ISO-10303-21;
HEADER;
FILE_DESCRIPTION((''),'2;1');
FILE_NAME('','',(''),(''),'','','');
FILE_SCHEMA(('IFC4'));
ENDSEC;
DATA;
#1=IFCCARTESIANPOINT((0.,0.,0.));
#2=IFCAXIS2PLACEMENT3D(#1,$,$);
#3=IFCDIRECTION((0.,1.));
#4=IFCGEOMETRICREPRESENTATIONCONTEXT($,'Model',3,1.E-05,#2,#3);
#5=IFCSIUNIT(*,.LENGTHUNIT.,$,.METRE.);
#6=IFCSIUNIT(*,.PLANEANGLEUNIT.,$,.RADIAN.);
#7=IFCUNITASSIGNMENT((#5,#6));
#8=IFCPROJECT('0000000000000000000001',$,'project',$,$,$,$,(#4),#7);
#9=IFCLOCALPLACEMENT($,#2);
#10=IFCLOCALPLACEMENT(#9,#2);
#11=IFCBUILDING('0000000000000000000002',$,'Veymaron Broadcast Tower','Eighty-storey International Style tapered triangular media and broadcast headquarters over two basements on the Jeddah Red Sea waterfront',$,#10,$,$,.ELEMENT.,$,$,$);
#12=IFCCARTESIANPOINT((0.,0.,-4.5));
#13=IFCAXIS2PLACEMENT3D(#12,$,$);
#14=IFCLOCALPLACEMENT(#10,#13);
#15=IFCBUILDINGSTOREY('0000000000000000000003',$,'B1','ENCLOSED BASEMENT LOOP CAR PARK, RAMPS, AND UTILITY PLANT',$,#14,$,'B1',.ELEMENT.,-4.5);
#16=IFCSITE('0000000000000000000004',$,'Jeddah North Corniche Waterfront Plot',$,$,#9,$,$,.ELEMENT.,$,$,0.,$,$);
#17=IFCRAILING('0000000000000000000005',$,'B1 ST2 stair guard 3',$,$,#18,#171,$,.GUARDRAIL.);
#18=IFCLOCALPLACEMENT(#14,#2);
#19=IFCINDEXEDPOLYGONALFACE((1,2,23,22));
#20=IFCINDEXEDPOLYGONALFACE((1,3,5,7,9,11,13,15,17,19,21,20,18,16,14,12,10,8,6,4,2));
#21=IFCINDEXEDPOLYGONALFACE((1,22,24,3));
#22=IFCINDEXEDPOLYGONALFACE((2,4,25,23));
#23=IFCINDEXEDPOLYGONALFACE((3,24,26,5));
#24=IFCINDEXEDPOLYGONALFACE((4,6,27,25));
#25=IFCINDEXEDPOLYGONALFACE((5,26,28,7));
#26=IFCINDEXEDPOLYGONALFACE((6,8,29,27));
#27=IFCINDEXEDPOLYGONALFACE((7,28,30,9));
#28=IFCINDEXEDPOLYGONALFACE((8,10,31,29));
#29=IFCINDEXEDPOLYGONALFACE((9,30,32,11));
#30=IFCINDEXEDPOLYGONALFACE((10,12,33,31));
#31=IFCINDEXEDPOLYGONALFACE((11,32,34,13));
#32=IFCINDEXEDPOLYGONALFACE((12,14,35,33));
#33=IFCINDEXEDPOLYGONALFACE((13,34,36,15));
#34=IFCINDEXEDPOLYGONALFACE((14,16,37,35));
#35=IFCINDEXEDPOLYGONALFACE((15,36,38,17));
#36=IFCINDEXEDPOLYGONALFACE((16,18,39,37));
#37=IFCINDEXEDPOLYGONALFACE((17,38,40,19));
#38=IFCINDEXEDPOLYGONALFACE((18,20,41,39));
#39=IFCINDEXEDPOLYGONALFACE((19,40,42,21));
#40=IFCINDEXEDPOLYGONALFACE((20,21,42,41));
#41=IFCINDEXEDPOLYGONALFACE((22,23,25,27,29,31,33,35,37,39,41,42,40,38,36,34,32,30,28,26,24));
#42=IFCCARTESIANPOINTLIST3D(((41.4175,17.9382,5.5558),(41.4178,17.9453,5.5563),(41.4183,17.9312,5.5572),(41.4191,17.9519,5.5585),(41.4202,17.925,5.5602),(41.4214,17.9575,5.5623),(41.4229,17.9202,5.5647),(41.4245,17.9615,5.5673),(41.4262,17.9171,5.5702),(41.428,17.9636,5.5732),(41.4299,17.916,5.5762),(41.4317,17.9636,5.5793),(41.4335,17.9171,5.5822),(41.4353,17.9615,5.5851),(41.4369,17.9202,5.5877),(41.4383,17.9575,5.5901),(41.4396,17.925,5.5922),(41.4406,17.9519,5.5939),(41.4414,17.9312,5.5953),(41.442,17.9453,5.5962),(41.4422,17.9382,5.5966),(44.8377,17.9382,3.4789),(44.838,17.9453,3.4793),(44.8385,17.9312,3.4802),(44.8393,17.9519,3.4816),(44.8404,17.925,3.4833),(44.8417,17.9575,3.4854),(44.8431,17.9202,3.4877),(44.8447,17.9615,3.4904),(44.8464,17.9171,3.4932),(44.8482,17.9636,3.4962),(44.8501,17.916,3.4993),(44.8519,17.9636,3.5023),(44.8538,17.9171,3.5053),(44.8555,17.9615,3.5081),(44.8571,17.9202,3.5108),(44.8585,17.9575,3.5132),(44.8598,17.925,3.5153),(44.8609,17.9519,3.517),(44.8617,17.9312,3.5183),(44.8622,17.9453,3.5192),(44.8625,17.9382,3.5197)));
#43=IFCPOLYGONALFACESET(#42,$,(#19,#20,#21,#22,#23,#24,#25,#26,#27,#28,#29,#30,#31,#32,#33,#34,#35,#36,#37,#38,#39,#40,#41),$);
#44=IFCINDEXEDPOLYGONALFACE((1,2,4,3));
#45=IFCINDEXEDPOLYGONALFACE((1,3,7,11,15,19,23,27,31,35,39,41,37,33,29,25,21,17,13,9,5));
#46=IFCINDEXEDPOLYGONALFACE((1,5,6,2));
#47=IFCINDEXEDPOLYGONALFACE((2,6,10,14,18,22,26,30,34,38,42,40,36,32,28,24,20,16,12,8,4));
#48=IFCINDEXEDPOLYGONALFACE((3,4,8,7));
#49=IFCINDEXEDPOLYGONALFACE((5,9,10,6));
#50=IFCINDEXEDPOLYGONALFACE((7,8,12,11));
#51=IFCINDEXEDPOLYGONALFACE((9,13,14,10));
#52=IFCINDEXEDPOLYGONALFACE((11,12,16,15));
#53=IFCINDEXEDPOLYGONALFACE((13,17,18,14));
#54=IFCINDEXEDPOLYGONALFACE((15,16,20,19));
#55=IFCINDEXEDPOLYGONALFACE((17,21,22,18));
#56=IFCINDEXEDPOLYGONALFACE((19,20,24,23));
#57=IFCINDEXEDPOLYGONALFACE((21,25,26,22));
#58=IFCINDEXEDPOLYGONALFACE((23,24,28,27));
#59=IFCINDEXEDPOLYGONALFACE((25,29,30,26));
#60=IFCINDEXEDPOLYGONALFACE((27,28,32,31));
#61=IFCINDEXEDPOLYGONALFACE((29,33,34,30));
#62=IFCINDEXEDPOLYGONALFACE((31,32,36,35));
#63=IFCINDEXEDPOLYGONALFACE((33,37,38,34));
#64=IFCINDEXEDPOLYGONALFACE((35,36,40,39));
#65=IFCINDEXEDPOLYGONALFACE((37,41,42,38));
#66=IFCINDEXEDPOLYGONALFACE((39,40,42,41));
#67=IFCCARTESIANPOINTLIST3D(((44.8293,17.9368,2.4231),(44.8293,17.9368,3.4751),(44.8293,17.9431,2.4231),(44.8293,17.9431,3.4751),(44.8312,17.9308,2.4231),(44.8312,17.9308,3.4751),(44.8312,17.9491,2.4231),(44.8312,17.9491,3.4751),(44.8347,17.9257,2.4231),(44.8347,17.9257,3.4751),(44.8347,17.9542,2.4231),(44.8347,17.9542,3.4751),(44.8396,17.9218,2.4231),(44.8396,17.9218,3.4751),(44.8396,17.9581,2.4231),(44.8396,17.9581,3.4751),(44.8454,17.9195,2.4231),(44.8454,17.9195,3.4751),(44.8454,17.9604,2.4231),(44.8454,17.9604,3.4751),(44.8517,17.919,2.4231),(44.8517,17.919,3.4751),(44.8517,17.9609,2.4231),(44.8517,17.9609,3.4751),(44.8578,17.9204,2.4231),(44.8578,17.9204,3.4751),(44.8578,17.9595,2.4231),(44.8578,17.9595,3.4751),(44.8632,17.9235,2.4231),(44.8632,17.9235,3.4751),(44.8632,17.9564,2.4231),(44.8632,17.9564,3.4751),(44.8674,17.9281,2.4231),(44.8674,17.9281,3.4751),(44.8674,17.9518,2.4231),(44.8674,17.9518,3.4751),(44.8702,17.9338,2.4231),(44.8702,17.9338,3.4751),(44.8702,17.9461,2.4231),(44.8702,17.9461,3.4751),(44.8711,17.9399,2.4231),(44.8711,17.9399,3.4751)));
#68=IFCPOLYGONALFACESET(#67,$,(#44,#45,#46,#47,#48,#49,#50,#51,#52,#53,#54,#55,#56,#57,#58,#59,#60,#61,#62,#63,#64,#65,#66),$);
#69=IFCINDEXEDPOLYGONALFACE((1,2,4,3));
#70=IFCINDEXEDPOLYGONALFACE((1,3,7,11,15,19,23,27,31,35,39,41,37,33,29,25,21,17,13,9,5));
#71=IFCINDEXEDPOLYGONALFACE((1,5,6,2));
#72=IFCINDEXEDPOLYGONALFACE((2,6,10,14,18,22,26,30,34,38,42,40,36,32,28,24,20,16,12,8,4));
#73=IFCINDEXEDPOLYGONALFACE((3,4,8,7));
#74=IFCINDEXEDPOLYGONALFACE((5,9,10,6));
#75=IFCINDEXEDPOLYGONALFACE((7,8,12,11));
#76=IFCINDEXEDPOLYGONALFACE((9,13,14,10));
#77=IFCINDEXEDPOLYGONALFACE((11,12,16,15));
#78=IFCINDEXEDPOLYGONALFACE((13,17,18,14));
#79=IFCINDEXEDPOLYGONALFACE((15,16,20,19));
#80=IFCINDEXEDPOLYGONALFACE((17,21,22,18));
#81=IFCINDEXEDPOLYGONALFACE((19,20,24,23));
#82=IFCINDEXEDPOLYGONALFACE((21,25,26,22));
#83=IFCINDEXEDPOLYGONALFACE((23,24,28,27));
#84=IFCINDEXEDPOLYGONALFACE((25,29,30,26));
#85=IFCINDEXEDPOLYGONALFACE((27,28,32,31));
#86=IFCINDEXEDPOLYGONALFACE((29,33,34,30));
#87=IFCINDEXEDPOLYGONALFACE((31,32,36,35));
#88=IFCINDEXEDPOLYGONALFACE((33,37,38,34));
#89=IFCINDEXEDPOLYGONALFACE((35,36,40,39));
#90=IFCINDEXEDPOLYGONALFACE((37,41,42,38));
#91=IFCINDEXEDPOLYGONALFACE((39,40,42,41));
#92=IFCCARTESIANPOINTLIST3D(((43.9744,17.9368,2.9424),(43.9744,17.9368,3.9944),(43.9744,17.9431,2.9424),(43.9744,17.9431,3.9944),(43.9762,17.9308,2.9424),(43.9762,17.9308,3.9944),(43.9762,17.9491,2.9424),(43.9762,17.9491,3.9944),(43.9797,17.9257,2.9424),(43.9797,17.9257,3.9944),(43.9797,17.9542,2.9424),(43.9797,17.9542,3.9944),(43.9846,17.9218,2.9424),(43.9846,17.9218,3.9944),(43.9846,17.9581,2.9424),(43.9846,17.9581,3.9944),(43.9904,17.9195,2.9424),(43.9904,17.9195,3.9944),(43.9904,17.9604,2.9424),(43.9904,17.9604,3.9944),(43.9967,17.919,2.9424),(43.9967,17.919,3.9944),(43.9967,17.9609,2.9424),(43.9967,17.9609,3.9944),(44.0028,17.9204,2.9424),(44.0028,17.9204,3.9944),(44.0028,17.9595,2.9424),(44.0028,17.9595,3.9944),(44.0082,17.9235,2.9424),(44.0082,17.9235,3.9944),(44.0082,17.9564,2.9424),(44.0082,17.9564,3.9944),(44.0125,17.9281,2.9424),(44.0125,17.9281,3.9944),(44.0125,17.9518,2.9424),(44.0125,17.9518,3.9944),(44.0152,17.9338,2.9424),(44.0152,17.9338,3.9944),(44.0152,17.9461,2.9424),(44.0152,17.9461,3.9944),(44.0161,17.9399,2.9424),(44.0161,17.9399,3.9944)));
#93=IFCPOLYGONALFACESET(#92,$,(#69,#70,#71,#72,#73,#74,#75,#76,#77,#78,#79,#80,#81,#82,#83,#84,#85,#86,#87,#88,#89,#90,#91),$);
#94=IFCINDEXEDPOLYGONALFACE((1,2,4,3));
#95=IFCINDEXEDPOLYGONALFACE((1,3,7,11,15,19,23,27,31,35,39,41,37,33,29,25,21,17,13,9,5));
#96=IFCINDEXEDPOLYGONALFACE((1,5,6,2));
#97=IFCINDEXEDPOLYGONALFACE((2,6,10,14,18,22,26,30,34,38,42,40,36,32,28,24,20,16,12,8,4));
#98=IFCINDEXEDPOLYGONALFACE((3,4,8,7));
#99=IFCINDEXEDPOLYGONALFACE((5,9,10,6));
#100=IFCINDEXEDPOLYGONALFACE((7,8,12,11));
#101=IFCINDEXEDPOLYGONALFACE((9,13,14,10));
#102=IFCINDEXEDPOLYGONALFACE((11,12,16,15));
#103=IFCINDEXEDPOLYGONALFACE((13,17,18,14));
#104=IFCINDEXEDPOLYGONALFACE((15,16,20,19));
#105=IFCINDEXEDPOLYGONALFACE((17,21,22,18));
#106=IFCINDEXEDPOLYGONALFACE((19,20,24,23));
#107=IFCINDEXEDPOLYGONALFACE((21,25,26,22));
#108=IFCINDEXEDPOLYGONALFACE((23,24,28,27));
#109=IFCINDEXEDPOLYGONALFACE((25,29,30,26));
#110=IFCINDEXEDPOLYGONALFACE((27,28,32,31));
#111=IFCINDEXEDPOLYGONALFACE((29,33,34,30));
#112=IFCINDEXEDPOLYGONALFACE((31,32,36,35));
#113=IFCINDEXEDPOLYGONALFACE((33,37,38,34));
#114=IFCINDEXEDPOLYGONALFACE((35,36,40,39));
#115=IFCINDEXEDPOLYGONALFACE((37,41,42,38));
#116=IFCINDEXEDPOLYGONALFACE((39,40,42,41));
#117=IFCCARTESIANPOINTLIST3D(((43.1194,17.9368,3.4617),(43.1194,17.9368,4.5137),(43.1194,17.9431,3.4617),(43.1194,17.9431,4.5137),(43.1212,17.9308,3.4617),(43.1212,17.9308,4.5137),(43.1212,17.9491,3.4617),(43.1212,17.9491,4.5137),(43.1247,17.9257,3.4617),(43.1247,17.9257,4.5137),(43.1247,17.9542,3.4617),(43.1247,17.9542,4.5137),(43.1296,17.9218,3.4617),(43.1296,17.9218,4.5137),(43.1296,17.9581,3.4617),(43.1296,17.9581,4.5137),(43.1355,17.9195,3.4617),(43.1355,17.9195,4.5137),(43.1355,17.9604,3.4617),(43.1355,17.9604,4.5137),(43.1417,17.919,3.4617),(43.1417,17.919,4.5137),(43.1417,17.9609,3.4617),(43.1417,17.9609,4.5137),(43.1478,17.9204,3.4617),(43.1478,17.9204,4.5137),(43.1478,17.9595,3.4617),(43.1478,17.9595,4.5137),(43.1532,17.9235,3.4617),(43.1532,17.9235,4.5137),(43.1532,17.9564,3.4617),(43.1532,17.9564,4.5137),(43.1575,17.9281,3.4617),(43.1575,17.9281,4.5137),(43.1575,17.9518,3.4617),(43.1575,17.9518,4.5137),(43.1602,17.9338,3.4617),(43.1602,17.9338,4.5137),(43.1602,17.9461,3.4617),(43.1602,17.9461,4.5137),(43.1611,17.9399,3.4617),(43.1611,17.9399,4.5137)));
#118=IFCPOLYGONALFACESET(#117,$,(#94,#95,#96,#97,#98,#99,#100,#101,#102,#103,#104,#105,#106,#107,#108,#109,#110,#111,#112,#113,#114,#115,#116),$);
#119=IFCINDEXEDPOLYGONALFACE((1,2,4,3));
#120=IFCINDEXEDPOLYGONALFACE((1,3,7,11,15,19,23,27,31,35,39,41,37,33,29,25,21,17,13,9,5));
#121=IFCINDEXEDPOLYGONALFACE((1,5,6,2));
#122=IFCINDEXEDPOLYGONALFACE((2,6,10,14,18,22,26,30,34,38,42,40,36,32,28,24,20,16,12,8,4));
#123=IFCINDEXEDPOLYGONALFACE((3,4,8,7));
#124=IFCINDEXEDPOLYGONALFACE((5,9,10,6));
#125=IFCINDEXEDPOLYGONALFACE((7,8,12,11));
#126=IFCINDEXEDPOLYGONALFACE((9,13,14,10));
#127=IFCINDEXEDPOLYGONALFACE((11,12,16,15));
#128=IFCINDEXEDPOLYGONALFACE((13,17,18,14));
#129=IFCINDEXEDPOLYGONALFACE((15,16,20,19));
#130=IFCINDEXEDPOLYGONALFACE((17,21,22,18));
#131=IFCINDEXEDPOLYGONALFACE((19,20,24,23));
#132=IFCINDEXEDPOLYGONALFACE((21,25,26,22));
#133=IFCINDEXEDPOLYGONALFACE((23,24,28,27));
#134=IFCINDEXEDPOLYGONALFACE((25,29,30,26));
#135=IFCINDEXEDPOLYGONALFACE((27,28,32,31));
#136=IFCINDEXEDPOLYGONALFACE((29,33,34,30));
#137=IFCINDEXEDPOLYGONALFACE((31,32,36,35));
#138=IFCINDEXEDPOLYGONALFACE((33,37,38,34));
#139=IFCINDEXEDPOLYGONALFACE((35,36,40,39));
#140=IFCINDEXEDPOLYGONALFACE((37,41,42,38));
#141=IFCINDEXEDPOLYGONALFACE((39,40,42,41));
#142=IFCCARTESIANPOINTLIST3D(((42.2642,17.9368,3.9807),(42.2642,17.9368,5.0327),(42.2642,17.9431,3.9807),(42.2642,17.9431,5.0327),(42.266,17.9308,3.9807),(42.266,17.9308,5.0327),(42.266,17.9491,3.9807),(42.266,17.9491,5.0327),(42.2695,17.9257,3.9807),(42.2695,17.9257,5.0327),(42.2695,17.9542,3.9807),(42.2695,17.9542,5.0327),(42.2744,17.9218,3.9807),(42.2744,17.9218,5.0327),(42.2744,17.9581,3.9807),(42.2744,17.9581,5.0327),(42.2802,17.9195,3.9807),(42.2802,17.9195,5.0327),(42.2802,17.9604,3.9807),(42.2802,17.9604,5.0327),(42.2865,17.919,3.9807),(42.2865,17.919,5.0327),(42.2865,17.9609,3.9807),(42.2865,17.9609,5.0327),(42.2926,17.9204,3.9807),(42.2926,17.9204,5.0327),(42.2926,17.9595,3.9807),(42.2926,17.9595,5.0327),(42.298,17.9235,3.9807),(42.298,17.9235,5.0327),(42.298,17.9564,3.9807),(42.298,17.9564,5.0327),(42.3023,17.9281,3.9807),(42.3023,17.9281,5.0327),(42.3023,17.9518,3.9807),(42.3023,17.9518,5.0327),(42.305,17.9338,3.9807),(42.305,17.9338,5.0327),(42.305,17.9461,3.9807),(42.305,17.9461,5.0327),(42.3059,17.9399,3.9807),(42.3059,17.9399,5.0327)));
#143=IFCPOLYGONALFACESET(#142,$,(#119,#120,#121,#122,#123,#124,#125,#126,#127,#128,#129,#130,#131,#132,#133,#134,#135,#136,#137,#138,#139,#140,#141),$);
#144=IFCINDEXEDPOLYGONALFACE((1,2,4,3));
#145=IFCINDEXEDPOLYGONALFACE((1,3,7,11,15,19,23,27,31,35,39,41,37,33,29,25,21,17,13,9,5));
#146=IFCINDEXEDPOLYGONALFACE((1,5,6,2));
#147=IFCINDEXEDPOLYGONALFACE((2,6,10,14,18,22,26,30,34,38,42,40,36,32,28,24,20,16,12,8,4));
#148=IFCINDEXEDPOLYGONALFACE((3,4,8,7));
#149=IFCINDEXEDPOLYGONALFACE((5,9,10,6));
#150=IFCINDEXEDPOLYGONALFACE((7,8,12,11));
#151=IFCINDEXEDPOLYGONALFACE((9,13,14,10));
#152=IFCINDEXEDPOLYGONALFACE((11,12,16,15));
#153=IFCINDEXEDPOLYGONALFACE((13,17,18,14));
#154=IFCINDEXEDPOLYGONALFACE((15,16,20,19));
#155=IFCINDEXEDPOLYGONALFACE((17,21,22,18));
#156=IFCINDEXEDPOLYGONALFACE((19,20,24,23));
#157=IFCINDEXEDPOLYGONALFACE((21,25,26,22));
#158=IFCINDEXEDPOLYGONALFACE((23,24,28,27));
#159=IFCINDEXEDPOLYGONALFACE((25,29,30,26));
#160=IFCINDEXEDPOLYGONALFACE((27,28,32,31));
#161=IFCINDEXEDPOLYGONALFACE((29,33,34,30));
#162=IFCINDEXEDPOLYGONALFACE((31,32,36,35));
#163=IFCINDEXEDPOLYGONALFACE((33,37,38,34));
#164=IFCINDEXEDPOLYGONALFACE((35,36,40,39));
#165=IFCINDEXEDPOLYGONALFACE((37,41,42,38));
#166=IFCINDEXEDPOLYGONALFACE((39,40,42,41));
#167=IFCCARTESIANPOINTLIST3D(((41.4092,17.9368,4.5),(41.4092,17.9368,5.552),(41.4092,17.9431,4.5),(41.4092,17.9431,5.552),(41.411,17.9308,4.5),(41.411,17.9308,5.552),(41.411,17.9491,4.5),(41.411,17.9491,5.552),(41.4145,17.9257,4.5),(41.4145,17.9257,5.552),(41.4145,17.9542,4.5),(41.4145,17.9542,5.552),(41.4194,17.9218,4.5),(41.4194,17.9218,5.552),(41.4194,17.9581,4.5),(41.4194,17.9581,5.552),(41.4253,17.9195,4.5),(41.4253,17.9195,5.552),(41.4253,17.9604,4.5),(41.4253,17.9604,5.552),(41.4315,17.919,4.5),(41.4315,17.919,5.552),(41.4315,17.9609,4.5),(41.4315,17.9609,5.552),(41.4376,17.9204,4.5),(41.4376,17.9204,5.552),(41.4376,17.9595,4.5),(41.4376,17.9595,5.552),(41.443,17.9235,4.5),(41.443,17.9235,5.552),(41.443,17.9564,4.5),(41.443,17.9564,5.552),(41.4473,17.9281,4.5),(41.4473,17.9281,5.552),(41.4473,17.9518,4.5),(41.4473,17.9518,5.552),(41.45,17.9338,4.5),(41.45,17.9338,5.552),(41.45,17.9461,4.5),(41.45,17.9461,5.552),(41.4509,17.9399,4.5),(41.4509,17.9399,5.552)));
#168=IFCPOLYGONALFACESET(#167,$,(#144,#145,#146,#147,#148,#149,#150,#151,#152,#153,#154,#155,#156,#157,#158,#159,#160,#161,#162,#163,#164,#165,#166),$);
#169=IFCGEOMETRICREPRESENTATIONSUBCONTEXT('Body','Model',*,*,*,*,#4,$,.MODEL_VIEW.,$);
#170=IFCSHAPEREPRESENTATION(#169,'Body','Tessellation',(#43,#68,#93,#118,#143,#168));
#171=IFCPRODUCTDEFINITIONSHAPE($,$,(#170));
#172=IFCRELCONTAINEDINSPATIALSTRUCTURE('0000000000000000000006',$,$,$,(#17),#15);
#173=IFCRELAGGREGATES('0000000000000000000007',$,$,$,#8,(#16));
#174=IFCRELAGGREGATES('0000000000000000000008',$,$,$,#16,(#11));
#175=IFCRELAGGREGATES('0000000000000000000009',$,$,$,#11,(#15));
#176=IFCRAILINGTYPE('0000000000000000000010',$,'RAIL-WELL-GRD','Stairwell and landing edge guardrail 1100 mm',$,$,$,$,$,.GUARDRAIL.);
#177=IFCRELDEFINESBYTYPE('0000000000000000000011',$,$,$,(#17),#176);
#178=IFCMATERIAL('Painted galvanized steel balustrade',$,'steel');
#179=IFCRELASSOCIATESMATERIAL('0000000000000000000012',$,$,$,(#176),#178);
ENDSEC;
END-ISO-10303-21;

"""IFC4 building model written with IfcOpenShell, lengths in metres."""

from ifc_helpers import new_model, si_unit, direction, frame, origin, origin_2d, place, context, subcontext, project, spatial, circle, extrude, material, type_object, element, save


model = new_model("IFC4")

# Units and contexts
model_context = context("Model", 3, precision=1e-05, world=origin(), true_north=direction((0.0, 1.0)))
body_context = subcontext(model_context, "Body", "Model", "MODEL_VIEW")
ifc_project = project(units=[si_unit("LENGTHUNIT", "METRE"), si_unit("PLANEANGLEUNIT", "RADIAN")], contexts=[model_context])

# Site, building, storey
site_placement = place(None, origin())
site = spatial("IfcSite", under=ifc_project, at=site_placement, Name="Jeddah North Corniche Waterfront Plot", CompositionType="ELEMENT", RefElevation=0.0)
building_placement = place(site_placement, origin())
building = spatial("IfcBuilding", under=site, at=building_placement, Name="Veymaron Broadcast Tower", Description="Eighty-storey International Style tapered triangular media and broadcast headquarters over two basements on the Jeddah Red Sea waterfront", CompositionType="ELEMENT")
storey_placement = place(building_placement, frame((0.0, 0.0, -4.5)))
storey = spatial("IfcBuildingStorey", under=building, at=storey_placement, Name="B1", Description="ENCLOSED BASEMENT LOOP CAR PARK, RAMPS, AND UTILITY PLANT", LongName="B1", CompositionType="ELEMENT", Elevation=-4.5)

# Railing
ifc_material_1 = material(Name="Painted galvanized steel balustrade", Category="steel")
railing_type_1 = type_object("IfcRailingType", Name="RAIL-WELL-GRD", Description="Stairwell and landing edge guardrail 1100 mm", PredefinedType="GUARDRAIL", material=ifc_material_1)
railing_1_placement = place(storey_placement, frame((44.8501, 17.9399, 2.4231)))
element("IfcRailing", 1, at=railing_1_placement, inside=storey, type_object=railing_type_1, Name="B1 ST2 stair guard 3", PredefinedType="GUARDRAIL", context=body_context, shape_type="SweptSolid", body=[
    extrude(circle(Radius=0.0239, at=origin_2d()), frame((0.0, 0.0, 1.0762), z_axis=(-0.854746, 0.0, 0.519047), x_axis=(0.0, -1.0, 0.0)), (0.0, 0.0, 1.0), 4.0015),
    extrude(circle(Radius=0.021, at=origin_2d()), origin(), (0.0, 0.0, 1.0), 1.052),
    extrude(circle(Radius=0.021, at=origin_2d()), frame((-0.855, 0.0, 0.5193)), (0.0, 0.0, 1.0), 1.052),
    extrude(circle(Radius=0.021, at=origin_2d()), frame((-1.71, 0.0, 1.0386)), (0.0, 0.0, 1.0), 1.052),
    extrude(circle(Radius=0.021, at=origin_2d()), frame((-2.5652, 0.0, 1.5576)), (0.0, 0.0, 1.0), 1.052),
    extrude(circle(Radius=0.021, at=origin_2d()), frame((-3.4202, 0.0, 2.0769)), (0.0, 0.0, 1.0), 1.052),
])

save(model, "model.ifc")
